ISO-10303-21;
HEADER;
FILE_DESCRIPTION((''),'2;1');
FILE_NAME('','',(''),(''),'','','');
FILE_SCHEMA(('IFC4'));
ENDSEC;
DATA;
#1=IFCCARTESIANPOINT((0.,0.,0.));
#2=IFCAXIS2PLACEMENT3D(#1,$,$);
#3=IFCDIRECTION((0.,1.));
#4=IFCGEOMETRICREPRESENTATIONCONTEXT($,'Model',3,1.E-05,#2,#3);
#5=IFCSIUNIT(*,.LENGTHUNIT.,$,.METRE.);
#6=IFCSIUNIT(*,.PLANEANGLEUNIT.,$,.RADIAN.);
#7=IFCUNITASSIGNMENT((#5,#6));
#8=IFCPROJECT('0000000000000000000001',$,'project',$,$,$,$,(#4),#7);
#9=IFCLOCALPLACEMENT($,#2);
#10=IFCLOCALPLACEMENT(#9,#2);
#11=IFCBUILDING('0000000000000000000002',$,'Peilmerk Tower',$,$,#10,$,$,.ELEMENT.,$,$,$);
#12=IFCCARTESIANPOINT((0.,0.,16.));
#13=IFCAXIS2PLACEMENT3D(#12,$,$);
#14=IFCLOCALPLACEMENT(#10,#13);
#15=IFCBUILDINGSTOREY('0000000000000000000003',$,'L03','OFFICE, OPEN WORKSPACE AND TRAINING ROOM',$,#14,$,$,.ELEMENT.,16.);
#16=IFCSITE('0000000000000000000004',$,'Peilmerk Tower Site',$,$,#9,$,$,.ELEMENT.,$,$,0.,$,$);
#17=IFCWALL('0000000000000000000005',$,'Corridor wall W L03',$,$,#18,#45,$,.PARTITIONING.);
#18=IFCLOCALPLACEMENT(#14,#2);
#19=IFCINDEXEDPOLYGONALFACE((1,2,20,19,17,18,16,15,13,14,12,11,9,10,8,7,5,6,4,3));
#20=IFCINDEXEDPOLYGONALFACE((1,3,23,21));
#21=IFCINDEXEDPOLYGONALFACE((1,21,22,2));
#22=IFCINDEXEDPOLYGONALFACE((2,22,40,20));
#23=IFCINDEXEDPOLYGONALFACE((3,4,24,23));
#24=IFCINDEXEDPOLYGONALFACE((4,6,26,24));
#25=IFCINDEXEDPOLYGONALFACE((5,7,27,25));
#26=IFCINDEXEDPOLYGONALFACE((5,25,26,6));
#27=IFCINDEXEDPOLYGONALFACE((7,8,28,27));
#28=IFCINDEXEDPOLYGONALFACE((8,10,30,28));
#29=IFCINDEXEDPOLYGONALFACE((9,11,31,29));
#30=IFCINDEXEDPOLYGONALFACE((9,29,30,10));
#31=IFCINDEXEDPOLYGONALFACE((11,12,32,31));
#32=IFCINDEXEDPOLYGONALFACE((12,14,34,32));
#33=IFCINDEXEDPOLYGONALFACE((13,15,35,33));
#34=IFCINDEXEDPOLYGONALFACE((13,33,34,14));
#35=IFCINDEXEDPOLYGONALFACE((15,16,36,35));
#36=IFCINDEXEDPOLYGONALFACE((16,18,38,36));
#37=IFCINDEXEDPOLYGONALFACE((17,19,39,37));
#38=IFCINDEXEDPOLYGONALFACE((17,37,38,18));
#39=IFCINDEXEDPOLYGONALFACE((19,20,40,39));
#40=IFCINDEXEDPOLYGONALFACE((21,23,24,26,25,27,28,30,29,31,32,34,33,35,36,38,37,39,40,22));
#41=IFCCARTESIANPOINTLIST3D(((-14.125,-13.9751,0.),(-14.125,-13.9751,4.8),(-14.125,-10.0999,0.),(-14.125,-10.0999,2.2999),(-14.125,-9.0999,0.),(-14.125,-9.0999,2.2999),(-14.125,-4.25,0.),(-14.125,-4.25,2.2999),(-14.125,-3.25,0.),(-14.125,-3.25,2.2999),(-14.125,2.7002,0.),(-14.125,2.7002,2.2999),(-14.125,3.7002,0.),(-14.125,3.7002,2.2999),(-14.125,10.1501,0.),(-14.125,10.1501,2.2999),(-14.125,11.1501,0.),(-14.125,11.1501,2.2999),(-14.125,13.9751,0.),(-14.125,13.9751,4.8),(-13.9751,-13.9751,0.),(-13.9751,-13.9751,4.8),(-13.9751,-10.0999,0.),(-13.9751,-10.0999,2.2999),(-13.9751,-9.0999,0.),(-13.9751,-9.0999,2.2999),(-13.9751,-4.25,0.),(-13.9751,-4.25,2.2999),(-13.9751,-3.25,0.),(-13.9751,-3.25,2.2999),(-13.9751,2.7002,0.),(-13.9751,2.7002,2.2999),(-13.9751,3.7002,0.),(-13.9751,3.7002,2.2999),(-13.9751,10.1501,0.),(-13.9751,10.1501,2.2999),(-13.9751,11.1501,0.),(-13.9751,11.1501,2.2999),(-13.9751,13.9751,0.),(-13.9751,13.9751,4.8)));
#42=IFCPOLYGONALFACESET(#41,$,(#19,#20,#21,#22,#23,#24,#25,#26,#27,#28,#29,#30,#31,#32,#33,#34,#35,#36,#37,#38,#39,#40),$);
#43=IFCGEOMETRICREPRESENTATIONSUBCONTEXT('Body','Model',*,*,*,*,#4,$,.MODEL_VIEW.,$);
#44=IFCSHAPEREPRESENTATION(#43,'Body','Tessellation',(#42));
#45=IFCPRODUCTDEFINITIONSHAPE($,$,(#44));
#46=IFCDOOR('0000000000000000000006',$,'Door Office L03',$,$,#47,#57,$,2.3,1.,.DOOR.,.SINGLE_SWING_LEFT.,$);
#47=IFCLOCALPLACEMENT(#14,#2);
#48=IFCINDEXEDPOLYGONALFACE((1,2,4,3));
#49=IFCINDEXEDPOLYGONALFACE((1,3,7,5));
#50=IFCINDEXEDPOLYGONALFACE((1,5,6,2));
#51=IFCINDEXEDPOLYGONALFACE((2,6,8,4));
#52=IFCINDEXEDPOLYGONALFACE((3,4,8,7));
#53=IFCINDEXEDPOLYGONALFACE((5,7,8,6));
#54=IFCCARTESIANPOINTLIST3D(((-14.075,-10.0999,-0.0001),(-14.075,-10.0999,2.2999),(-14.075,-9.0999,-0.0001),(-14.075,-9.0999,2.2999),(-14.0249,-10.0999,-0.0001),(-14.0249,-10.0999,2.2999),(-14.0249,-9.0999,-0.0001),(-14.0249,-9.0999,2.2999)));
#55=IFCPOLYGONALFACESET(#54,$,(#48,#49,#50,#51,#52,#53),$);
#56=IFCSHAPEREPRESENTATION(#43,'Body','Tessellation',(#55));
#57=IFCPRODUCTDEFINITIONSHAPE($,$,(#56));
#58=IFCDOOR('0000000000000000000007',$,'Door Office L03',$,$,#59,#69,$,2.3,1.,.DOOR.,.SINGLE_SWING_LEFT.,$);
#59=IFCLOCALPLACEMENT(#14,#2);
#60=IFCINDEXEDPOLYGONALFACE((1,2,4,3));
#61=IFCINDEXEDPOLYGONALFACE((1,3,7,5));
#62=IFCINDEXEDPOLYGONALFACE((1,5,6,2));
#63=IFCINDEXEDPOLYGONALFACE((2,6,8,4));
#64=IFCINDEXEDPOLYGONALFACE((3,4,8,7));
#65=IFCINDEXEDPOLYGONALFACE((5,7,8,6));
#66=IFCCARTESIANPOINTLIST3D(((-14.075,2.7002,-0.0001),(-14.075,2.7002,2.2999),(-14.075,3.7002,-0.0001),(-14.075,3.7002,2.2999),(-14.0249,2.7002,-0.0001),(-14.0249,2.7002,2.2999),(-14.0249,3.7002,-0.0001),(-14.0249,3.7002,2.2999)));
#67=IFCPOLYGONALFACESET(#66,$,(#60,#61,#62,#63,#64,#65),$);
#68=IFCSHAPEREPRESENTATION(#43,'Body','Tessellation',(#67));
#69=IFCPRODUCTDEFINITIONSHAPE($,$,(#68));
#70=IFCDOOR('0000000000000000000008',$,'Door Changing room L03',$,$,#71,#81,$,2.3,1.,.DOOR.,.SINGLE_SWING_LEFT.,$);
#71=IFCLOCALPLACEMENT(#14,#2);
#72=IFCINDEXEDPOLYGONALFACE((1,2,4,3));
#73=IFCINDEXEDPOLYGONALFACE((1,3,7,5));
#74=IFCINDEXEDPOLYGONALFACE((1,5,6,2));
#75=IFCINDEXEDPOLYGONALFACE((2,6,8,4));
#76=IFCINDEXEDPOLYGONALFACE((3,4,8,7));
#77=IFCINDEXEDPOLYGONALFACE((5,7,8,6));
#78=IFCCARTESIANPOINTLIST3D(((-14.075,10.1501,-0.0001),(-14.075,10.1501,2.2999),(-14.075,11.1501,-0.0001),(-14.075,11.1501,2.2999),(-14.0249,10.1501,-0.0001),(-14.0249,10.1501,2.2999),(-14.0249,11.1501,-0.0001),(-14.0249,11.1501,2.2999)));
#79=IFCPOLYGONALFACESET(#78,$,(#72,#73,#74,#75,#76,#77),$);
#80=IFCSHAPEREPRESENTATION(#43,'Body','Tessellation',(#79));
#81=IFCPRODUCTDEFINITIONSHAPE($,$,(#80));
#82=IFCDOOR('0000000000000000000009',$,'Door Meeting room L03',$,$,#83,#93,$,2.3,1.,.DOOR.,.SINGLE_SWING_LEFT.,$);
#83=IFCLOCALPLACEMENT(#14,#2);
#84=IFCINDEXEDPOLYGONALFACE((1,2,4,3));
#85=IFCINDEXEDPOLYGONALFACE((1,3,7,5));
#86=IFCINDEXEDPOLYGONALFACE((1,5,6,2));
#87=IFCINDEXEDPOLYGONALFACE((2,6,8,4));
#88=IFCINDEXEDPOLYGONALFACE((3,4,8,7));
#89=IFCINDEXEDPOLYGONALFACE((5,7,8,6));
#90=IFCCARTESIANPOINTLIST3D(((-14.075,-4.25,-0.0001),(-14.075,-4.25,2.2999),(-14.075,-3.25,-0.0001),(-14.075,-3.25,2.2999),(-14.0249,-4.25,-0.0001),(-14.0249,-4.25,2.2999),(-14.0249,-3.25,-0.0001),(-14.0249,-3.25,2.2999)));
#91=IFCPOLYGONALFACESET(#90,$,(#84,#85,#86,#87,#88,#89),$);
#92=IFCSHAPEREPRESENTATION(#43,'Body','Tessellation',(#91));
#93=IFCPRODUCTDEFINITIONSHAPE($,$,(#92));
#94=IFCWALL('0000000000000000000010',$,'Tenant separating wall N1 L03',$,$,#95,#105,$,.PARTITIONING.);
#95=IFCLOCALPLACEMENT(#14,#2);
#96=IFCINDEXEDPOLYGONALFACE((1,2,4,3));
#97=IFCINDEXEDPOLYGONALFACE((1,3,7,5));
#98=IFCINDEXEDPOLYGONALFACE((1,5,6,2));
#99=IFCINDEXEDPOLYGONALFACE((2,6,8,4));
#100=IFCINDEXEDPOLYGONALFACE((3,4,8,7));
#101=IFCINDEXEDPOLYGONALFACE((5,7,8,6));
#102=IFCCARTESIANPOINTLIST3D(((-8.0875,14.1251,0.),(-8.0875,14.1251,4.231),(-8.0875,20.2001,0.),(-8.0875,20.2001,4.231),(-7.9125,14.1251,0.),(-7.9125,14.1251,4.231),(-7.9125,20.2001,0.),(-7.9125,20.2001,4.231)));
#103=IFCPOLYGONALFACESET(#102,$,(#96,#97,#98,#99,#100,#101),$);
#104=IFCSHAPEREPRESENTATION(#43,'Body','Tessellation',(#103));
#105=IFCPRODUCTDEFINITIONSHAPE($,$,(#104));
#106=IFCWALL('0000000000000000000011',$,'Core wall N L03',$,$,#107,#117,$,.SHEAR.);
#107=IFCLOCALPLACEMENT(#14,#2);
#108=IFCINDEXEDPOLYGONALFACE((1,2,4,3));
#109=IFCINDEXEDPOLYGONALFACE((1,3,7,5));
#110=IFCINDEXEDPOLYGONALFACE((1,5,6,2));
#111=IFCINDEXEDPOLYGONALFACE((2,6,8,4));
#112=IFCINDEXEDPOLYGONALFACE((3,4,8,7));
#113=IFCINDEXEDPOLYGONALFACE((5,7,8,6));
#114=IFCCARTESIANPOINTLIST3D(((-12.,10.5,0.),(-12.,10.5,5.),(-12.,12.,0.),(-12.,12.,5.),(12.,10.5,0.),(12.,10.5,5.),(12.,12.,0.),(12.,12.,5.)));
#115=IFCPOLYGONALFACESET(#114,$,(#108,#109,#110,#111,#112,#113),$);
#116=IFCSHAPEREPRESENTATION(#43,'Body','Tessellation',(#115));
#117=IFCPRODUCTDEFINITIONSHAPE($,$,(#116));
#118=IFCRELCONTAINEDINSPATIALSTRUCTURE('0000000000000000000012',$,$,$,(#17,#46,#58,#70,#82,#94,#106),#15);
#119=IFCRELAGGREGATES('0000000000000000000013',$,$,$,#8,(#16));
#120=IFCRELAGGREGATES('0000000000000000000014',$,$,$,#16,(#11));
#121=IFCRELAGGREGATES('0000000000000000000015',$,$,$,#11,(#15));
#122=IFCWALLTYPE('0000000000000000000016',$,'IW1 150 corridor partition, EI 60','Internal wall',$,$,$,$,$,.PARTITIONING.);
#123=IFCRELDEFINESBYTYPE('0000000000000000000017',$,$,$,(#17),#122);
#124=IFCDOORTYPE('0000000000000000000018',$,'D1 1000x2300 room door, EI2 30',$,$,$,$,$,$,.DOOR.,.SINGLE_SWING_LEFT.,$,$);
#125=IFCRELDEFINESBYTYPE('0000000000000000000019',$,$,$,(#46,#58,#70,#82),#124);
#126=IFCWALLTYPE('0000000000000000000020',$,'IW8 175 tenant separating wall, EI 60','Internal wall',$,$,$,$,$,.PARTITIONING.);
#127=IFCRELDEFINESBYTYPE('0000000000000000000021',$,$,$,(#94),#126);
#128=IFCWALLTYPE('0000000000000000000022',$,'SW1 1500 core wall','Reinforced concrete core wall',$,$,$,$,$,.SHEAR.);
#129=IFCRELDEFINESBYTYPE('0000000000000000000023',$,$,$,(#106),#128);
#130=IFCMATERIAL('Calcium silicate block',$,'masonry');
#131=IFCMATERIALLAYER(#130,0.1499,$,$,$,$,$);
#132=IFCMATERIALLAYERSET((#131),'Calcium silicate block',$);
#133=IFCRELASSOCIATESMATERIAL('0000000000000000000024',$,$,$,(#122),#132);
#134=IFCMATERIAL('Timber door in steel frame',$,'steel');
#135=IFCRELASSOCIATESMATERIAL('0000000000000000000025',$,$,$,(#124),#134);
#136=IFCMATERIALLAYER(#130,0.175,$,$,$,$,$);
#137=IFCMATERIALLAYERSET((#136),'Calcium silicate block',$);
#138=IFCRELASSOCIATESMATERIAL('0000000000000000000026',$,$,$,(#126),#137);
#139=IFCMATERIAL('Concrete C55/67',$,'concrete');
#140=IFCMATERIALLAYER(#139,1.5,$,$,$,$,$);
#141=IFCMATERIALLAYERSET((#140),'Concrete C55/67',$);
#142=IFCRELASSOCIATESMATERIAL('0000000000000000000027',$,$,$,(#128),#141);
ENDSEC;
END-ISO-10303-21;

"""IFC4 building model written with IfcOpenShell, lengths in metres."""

from ifc_helpers import new_model, si_unit, direction, frame, frame_2d, origin, place, context, subcontext, project, spatial, rectangle, extrude, material, layer, layer_set, type_object, element, fill, save


model = new_model("IFC4")

# Units and contexts
model_context = context("Model", 3, precision=1e-05, world=origin(), true_north=direction((0.0, 1.0)))
body_context = subcontext(model_context, "Body", "Model", "MODEL_VIEW")
ifc_project = project(units=[si_unit("LENGTHUNIT", "METRE"), si_unit("PLANEANGLEUNIT", "RADIAN")], contexts=[model_context])

# Site, building, storey
site_placement = place(None, origin())
site = spatial("IfcSite", under=ifc_project, at=site_placement, Name="Peilmerk Tower Site", CompositionType="ELEMENT", RefElevation=0.0)
building_placement = place(site_placement, origin())
building = spatial("IfcBuilding", under=site, at=building_placement, Name="Peilmerk Tower", CompositionType="ELEMENT")
storey_placement = place(building_placement, frame((0.0, 0.0, 16.0)))
storey = spatial("IfcBuildingStorey", under=building, at=storey_placement, Name="L03", Description="OFFICE, OPEN WORKSPACE AND TRAINING ROOM", CompositionType="ELEMENT", Elevation=16.0)

# Wall, openings, doors
ifc_material_1 = material(Name="Calcium silicate block", Category="masonry")
ifc_layer_1 = layer(ifc_material_1, 0.1499)
ifc_layer_set_1 = layer_set([ifc_layer_1], Name="Calcium silicate block")
wall_type_1 = type_object("IfcWallType", Name="IW1 150 corridor partition, EI 60", Description="Internal wall", PredefinedType="PARTITIONING", material=ifc_layer_set_1)
ifc_material_2 = material(Name="Timber door in steel frame", Category="steel")
door_type_1 = type_object("IfcDoorType", Name="D1 1000x2300 room door, EI2 30", OperationType="SINGLE_SWING_LEFT", PredefinedType="DOOR", material=ifc_material_2)
wall_1_placement = place(storey_placement, frame((-14.05, 13.9751, 0.0), z_axis=(0.0, 0.0, 1.0), x_axis=(0.0, -1.0, 0.0)))
wall_1 = element("IfcWall", 1, at=wall_1_placement, inside=storey, type_object=wall_type_1, Name="Corridor wall W L03", PredefinedType="PARTITIONING", context=body_context, shape_type="SweptSolid", body=[
    extrude(rectangle(XDim=27.9502, YDim=0.1499, at=frame_2d((13.9751, 0.0))), origin(), (0.0, 0.0, 1.0), 4.8),
])
opening_1_placement = place(wall_1_placement, frame((23.075, 0.0, 0.0)))
opening_1 = element("IfcOpeningElement", 2, at=opening_1_placement, cuts=wall_1, PredefinedType="OPENING", context=body_context, shape_type="SweptSolid", body=[
    extrude(rectangle(XDim=1.0, YDim=2.3, at=frame_2d((0.5, 1.1499))), frame((0.0, 0.085, 0.0), z_axis=(0.0, -1.0, 0.0), x_axis=(1.0, 0.0, 0.0)), (0.0, 0.0, 1.0), 0.1699),
])
opening_2_placement = place(wall_1_placement, frame((10.2749, 0.0, 0.0)))
opening_2 = element("IfcOpeningElement", 3, at=opening_2_placement, cuts=wall_1, PredefinedType="OPENING", context=body_context, shape_type="SweptSolid", body=[
    extrude(rectangle(XDim=1.0, YDim=2.3, at=frame_2d((0.5, 1.1499))), frame((0.0, 0.085, 0.0), z_axis=(0.0, -1.0, 0.0), x_axis=(1.0, 0.0, 0.0)), (0.0, 0.0, 1.0), 0.1699),
])
opening_3_placement = place(wall_1_placement, frame((2.825, 0.0, 0.0)))
opening_3 = element("IfcOpeningElement", 4, at=opening_3_placement, cuts=wall_1, PredefinedType="OPENING", context=body_context, shape_type="SweptSolid", body=[
    extrude(rectangle(XDim=1.0, YDim=2.3, at=frame_2d((0.5, 1.1499))), frame((0.0, 0.085, 0.0), z_axis=(0.0, -1.0, 0.0), x_axis=(1.0, 0.0, 0.0)), (0.0, 0.0, 1.0), 0.1699),
])
opening_4_placement = place(wall_1_placement, frame((17.2251, 0.0, 0.0)))
opening_4 = element("IfcOpeningElement", 5, at=opening_4_placement, cuts=wall_1, PredefinedType="OPENING", context=body_context, shape_type="SweptSolid", body=[
    extrude(rectangle(XDim=1.0, YDim=2.3, at=frame_2d((0.5, 1.1499))), frame((0.0, 0.085, 0.0), z_axis=(0.0, -1.0, 0.0), x_axis=(1.0, 0.0, 0.0)), (0.0, 0.0, 1.0), 0.1699),
])
door_1_placement = place(opening_1_placement, frame((1.0, 0.0, 0.0), z_axis=(0.0, 0.0, 1.0), x_axis=(-1.0, 0.0, 0.0)))
door_1 = element("IfcDoor", 6, at=door_1_placement, inside=storey, type_object=door_type_1, Name="Door Office L03", OperationType="SINGLE_SWING_LEFT", OverallHeight=2.3, OverallWidth=1.0, PredefinedType="DOOR", context=body_context, shape_type="SweptSolid", body=[
    extrude(rectangle(XDim=1.0, YDim=2.3, at=frame_2d((0.5, 1.1499))), frame((0.0, 0.0249, 0.0), z_axis=(0.0, -1.0, 0.0), x_axis=(1.0, 0.0, 0.0)), (0.0, 0.0, 1.0), 0.05),
])
fill(opening_1, door_1)
door_2_placement = place(opening_2_placement, frame((1.0, 0.0, 0.0), z_axis=(0.0, 0.0, 1.0), x_axis=(-1.0, 0.0, 0.0)))
door_2 = element("IfcDoor", 7, at=door_2_placement, inside=storey, type_object=door_type_1, Name="Door Office L03", OperationType="SINGLE_SWING_LEFT", OverallHeight=2.3, OverallWidth=1.0, PredefinedType="DOOR", context=body_context, shape_type="SweptSolid", body=[
    extrude(rectangle(XDim=1.0, YDim=2.3, at=frame_2d((0.5, 1.1499))), frame((0.0, 0.0249, 0.0), z_axis=(0.0, -1.0, 0.0), x_axis=(1.0, 0.0, 0.0)), (0.0, 0.0, 1.0), 0.05),
])
fill(opening_2, door_2)
door_3_placement = place(opening_3_placement, frame((1.0, 0.0, 0.0), z_axis=(0.0, 0.0, 1.0), x_axis=(-1.0, 0.0, 0.0)))
door_3 = element("IfcDoor", 8, at=door_3_placement, inside=storey, type_object=door_type_1, Name="Door Changing room L03", OperationType="SINGLE_SWING_LEFT", OverallHeight=2.3, OverallWidth=1.0, PredefinedType="DOOR", context=body_context, shape_type="SweptSolid", body=[
    extrude(rectangle(XDim=1.0, YDim=2.3, at=frame_2d((0.5, 1.1499))), frame((0.0, 0.0249, 0.0), z_axis=(0.0, -1.0, 0.0), x_axis=(1.0, 0.0, 0.0)), (0.0, 0.0, 1.0), 0.05),
])
fill(opening_3, door_3)
door_4_placement = place(opening_4_placement, frame((1.0, 0.0, 0.0), z_axis=(0.0, 0.0, 1.0), x_axis=(-1.0, 0.0, 0.0)))
door_4 = element("IfcDoor", 9, at=door_4_placement, inside=storey, type_object=door_type_1, Name="Door Meeting room L03", OperationType="SINGLE_SWING_LEFT", OverallHeight=2.3, OverallWidth=1.0, PredefinedType="DOOR", context=body_context, shape_type="SweptSolid", body=[
    extrude(rectangle(XDim=1.0, YDim=2.3, at=frame_2d((0.5, 1.1499))), frame((0.0, 0.0249, 0.0), z_axis=(0.0, -1.0, 0.0), x_axis=(1.0, 0.0, 0.0)), (0.0, 0.0, 1.0), 0.05),
])
fill(opening_4, door_4)

# Walls
ifc_layer_2 = layer(ifc_material_1, 0.175)
ifc_layer_set_2 = layer_set([ifc_layer_2], Name="Calcium silicate block")
wall_type_2 = type_object("IfcWallType", Name="IW8 175 tenant separating wall, EI 60", Description="Internal wall", PredefinedType="PARTITIONING", material=ifc_layer_set_2)
wall_2_placement = place(storey_placement, frame((-8.0, 14.125, 0.0), z_axis=(0.0, 0.0, 1.0), x_axis=(0.0, 1.0, 0.0)))
element("IfcWall", 10, at=wall_2_placement, inside=storey, type_object=wall_type_2, Name="Tenant separating wall N1 L03", PredefinedType="PARTITIONING", context=body_context, shape_type="SweptSolid", body=[
    extrude(rectangle(XDim=6.075, YDim=0.175, at=frame_2d((3.0376, 0.0))), origin(), (0.0, 0.0, 1.0), 4.231),
])
ifc_material_3 = material(Name="Concrete C55/67", Category="concrete")
ifc_layer_3 = layer(ifc_material_3, 1.5)
ifc_layer_set_3 = layer_set([ifc_layer_3], Name="Concrete C55/67")
wall_type_3 = type_object("IfcWallType", Name="SW1 1500 core wall", Description="Reinforced concrete core wall", PredefinedType="SHEAR", material=ifc_layer_set_3)
wall_3_placement = place(storey_placement, frame((-12.0, 11.25, 0.0), z_axis=(0.0, 0.0, 1.0), x_axis=(1.0, 0.0, 0.0)))
element("IfcWall", 11, at=wall_3_placement, inside=storey, type_object=wall_type_3, Name="Core wall N L03", PredefinedType="SHEAR", context=body_context, shape_type="SweptSolid", body=[
    extrude(rectangle(XDim=24.0, YDim=1.5, at=frame_2d((12.0, 0.0))), origin(), (0.0, 0.0, 1.0), 5.0),
])

save(model, "model.ifc")
